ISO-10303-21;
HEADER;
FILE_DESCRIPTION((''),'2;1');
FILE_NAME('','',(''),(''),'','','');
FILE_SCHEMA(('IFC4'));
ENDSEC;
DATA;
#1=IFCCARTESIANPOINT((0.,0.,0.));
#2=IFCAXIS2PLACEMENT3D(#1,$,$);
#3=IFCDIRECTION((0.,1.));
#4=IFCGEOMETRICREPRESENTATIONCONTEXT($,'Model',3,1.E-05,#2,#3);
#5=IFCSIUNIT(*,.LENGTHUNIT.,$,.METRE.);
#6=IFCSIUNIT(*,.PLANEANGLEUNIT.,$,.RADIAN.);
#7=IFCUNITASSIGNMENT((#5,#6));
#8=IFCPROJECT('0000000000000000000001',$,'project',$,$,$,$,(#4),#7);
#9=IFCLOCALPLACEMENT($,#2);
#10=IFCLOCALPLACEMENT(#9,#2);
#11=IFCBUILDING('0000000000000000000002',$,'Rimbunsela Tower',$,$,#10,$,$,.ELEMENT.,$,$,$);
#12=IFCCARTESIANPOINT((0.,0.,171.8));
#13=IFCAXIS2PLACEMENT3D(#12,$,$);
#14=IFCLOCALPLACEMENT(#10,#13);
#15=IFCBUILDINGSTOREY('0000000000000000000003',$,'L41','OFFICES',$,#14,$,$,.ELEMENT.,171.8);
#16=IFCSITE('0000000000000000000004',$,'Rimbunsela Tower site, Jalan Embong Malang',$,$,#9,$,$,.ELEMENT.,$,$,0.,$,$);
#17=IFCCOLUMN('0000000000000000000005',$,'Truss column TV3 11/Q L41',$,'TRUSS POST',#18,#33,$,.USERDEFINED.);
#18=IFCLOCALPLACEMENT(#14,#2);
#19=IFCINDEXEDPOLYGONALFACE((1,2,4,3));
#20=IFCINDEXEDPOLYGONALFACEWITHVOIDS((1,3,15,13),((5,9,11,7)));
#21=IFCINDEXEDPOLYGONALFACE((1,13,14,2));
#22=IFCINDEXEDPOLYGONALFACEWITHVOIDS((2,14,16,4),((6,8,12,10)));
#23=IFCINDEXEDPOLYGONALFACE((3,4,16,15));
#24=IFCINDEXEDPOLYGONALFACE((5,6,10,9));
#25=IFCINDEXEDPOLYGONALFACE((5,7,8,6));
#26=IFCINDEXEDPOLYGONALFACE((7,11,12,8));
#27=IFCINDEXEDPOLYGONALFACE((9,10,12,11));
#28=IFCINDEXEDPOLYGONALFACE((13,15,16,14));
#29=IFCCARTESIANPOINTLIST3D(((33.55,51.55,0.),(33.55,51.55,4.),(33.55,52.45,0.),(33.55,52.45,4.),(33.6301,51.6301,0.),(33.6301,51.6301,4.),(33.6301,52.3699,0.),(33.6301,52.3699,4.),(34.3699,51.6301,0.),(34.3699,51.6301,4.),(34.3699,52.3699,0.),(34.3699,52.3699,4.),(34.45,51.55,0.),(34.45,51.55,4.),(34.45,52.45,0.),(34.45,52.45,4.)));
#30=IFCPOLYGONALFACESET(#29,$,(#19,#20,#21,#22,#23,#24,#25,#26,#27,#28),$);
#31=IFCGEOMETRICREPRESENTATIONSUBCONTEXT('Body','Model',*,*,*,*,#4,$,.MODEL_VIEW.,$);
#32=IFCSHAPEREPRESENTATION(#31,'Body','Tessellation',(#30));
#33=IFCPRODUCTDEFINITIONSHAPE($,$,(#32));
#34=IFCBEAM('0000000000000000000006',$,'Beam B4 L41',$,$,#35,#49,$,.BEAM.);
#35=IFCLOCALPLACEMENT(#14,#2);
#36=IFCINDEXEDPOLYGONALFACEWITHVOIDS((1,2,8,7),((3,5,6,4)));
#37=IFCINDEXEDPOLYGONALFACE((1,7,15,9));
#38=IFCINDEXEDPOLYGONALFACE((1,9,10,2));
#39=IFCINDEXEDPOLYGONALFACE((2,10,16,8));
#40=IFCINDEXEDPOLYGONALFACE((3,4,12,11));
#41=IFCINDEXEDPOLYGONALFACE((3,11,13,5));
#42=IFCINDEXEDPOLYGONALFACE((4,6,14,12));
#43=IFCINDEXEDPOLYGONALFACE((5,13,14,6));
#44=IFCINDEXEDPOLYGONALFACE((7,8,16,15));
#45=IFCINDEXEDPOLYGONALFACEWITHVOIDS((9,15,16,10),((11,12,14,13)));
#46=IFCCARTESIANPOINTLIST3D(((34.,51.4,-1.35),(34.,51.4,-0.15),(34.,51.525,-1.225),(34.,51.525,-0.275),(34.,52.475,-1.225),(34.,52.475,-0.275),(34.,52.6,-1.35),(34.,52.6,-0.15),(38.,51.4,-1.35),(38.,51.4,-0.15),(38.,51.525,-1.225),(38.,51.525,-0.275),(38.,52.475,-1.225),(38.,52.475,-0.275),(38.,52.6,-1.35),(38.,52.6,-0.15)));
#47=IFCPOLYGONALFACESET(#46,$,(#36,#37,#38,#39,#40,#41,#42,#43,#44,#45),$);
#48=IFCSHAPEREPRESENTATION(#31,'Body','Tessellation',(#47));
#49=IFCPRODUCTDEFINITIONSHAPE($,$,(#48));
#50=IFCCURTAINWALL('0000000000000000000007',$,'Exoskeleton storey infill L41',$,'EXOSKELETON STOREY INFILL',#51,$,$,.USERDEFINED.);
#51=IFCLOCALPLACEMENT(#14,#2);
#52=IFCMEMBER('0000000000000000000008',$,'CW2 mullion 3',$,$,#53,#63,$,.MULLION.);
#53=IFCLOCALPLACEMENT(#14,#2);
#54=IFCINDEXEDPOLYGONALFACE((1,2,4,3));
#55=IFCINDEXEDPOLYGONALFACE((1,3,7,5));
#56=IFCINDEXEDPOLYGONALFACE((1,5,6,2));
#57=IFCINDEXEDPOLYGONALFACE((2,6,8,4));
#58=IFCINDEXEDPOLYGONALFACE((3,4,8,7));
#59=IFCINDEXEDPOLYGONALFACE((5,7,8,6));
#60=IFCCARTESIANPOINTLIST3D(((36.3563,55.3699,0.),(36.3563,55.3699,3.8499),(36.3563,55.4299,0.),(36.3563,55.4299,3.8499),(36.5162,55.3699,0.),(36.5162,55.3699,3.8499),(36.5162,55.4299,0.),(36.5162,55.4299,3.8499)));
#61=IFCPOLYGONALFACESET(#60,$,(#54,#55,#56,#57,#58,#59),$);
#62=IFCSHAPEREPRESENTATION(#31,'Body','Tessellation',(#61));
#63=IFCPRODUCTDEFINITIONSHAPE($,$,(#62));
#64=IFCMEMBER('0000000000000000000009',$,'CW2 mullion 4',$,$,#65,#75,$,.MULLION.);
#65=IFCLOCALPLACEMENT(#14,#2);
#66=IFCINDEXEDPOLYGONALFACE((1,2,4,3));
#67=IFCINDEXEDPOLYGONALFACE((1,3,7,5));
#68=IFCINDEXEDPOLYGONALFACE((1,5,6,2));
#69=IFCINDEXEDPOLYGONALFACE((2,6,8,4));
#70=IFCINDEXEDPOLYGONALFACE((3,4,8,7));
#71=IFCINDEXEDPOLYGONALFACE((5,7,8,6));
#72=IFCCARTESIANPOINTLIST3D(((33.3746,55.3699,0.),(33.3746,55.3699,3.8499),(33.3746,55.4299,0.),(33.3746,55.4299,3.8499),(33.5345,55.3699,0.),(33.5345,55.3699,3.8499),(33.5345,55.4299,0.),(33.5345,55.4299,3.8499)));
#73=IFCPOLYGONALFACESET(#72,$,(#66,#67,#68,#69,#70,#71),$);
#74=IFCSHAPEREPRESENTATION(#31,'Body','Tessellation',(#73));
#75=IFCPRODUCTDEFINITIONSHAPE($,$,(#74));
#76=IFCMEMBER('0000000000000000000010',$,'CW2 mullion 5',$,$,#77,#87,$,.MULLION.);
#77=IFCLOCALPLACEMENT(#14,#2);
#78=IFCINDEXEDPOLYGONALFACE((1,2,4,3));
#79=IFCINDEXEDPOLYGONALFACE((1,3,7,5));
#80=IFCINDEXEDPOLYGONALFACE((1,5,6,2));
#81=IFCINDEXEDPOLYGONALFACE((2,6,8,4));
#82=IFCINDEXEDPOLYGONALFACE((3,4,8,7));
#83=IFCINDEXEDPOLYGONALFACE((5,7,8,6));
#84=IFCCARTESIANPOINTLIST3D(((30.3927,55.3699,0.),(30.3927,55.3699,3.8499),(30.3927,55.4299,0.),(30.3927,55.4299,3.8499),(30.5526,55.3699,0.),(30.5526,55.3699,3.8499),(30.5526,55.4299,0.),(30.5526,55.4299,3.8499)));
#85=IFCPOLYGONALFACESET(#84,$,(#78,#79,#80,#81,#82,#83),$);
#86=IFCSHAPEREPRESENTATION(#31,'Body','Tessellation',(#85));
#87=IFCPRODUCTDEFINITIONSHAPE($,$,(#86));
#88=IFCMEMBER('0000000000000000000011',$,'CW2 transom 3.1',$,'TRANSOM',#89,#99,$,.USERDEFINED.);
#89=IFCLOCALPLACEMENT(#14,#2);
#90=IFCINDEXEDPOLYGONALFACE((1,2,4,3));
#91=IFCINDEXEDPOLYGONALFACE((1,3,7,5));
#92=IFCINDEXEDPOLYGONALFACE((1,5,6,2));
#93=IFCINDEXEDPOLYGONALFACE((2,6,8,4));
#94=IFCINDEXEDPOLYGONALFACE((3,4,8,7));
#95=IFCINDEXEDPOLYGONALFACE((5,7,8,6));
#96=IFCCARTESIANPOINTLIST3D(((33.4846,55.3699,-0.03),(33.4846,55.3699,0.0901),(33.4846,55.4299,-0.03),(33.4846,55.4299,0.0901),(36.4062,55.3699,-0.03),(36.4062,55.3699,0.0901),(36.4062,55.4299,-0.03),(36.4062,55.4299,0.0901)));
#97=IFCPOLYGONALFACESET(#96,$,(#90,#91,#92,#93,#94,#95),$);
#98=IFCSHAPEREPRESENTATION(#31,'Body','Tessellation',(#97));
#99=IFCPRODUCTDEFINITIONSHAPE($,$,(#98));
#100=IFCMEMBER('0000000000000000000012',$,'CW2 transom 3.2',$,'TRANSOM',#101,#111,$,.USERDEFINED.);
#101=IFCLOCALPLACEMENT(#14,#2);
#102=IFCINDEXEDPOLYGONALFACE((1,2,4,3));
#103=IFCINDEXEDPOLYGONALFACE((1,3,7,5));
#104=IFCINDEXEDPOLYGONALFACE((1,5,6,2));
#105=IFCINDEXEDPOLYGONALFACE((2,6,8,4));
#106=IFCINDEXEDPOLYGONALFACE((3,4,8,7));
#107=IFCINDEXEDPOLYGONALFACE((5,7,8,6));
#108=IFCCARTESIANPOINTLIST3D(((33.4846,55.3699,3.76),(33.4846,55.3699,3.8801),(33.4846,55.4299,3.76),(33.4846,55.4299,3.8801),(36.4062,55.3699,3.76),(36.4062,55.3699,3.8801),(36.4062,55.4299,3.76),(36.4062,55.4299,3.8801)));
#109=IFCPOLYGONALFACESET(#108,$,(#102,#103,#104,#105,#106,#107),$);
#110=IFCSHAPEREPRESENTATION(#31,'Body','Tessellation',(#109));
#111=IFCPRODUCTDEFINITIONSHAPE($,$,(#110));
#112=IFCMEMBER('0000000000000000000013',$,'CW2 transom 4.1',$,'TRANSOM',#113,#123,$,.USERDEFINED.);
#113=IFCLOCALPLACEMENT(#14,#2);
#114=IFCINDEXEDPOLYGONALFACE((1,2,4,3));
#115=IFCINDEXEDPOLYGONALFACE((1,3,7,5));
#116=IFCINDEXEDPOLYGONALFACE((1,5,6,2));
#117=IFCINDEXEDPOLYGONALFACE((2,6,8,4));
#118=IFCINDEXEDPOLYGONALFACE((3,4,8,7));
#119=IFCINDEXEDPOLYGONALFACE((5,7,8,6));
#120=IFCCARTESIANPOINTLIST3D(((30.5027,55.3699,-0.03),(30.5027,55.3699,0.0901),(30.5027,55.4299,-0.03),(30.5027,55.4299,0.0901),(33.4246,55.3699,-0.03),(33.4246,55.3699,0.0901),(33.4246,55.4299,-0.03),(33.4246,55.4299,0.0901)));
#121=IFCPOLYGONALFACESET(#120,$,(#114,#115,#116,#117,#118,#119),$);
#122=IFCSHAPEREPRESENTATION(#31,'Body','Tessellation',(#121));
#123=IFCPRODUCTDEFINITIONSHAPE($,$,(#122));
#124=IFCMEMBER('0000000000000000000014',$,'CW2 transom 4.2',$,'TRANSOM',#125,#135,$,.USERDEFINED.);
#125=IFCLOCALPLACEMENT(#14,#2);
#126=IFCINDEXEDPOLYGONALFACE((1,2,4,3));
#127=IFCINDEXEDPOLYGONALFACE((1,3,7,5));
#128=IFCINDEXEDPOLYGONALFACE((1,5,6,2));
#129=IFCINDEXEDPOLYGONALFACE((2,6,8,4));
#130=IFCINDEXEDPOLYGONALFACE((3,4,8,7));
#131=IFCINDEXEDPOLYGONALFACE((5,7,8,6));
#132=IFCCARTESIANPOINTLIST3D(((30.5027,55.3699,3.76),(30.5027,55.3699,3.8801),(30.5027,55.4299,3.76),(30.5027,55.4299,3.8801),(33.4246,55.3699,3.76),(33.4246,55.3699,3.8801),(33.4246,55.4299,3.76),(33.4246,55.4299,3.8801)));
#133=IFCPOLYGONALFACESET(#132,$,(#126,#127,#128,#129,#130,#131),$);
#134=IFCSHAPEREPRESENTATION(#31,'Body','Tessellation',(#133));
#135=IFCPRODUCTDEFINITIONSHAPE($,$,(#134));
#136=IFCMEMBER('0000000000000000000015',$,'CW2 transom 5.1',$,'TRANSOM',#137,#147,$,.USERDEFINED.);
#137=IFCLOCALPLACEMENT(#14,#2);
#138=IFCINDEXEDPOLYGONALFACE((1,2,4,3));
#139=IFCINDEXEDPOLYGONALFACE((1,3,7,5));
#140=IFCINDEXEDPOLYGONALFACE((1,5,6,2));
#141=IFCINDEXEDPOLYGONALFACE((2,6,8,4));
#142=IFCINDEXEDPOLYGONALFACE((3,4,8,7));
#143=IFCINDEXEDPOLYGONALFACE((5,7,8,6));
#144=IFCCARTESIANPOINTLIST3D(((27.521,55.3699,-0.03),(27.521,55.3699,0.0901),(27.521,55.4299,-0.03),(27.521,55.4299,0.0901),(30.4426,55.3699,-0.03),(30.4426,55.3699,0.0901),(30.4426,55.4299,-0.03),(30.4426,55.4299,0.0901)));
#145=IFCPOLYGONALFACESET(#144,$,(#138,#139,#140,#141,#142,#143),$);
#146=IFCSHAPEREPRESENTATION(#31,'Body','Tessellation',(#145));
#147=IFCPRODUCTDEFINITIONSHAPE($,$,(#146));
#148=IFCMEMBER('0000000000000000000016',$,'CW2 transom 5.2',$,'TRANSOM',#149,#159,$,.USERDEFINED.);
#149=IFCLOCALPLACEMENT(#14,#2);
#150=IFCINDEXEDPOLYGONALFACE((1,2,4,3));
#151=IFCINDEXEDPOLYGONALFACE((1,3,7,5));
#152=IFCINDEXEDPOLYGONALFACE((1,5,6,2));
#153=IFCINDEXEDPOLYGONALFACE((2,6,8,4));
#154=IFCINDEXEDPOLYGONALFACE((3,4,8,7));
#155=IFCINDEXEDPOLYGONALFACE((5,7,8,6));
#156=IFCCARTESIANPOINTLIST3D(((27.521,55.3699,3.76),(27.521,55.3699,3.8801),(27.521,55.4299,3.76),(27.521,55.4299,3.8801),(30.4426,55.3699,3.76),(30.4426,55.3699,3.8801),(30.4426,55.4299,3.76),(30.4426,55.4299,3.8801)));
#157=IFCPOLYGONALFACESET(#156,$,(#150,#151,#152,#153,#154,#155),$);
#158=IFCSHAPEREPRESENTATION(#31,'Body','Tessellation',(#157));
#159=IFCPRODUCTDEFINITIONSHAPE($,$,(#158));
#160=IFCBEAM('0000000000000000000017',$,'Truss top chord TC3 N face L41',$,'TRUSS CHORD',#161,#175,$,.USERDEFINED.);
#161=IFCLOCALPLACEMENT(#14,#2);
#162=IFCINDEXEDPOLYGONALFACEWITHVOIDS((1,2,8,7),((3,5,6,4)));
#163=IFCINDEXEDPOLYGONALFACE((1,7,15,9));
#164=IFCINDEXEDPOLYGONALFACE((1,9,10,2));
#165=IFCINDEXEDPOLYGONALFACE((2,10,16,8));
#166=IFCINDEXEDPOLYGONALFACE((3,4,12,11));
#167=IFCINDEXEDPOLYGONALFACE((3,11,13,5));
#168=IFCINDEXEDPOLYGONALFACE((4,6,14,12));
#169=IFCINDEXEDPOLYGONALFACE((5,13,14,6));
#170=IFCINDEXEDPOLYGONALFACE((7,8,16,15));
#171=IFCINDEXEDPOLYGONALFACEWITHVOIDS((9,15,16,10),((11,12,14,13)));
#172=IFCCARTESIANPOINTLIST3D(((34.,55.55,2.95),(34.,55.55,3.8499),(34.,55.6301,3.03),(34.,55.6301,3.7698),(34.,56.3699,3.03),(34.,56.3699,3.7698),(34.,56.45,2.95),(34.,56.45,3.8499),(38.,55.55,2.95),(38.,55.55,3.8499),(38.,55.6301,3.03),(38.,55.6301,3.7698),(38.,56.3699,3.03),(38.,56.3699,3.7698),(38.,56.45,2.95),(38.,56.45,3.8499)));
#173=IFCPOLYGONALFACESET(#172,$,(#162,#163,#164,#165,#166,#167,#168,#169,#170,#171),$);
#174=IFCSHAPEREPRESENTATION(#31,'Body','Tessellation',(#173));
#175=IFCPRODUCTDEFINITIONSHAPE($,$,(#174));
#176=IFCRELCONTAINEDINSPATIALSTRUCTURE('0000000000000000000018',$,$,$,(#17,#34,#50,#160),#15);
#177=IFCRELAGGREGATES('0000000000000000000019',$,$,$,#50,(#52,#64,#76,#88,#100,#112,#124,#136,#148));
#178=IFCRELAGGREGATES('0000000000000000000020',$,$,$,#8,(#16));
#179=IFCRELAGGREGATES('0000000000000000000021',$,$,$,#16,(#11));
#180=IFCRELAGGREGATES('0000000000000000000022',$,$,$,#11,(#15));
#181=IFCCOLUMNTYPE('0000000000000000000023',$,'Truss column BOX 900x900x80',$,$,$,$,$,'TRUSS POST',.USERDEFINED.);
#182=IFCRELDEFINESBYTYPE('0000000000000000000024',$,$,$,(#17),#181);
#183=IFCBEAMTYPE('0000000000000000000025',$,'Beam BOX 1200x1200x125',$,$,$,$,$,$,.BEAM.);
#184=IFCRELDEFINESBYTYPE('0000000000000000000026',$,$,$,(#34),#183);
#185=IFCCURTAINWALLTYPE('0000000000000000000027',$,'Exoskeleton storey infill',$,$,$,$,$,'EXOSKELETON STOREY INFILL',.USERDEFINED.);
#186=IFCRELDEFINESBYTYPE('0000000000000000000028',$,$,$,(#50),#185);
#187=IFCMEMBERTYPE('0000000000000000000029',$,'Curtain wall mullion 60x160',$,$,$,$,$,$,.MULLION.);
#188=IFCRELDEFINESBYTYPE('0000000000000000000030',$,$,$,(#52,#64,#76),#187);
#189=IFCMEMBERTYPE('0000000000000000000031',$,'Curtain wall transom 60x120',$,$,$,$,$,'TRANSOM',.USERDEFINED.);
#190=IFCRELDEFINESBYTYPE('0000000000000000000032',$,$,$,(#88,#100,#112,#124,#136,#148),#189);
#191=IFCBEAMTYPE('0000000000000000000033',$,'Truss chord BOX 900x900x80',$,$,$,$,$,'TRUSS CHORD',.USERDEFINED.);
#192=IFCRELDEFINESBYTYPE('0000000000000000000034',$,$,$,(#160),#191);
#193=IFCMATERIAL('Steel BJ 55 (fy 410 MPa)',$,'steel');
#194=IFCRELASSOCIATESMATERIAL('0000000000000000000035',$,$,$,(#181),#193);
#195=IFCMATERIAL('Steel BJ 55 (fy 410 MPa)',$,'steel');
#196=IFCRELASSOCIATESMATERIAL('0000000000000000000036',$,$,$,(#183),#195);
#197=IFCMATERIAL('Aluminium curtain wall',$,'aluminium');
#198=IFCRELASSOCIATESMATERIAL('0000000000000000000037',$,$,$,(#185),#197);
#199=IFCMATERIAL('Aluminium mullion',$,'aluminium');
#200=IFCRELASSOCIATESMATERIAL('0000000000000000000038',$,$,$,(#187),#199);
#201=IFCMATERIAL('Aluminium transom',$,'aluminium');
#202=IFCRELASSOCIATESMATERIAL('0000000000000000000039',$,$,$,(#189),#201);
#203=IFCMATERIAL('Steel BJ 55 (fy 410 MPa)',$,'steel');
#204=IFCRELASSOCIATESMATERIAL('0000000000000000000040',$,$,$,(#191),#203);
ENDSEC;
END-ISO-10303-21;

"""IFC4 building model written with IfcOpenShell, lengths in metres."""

from ifc_helpers import new_model, si_unit, direction, frame, origin, origin_2d, place, context, subcontext, project, spatial, rectangle, hollow_rectangle, extrude, material, material_profile, profile_set, type_object, element, aggregate, save


model = new_model("IFC4")

# Units and contexts
model_context = context("Model", 3, precision=1e-05, world=origin(), true_north=direction((0.0, 1.0)))
body_context = subcontext(model_context, "Body", "Model", "MODEL_VIEW")
ifc_project = project(units=[si_unit("LENGTHUNIT", "METRE"), si_unit("PLANEANGLEUNIT", "RADIAN")], contexts=[model_context])

# Site, building, storey
site_placement = place(None, origin())
site = spatial("IfcSite", under=ifc_project, at=site_placement, Name="Rimbunsela Tower site, Jalan Embong Malang", CompositionType="ELEMENT", RefElevation=0.0)
building_placement = place(site_placement, origin())
building = spatial("IfcBuilding", under=site, at=building_placement, Name="Rimbunsela Tower", CompositionType="ELEMENT")
storey_placement = place(building_placement, frame((0.0, 0.0, 171.8)))
storey = spatial("IfcBuildingStorey", under=building, at=storey_placement, Name="L41", Description="OFFICES", CompositionType="ELEMENT", Elevation=171.8)

# Column
ifc_material_1 = material(Name="Steel BJ 55 (fy 410 MPa)", Category="steel")
ifc_material_profile_1 = material_profile(ifc_material_1, hollow_rectangle(XDim=0.8999, YDim=0.8999, WallThickness=0.0801, at=origin_2d()), Name="BOX 900x900x80")
ifc_profile_set_1 = profile_set([ifc_material_profile_1], Name="Steel BJ 55 (fy 410 MPa)")
column_type = type_object("IfcColumnType", Name="Truss column BOX 900x900x80", ElementType="TRUSS POST", PredefinedType="USERDEFINED", material=ifc_profile_set_1)
column_placement = place(storey_placement, frame((34.0, 52.0, 0.0), z_axis=(0.0, 0.0, 1.0), x_axis=(1.0, 0.0, 0.0)))
element("IfcColumn", 1, at=column_placement, inside=storey, type_object=column_type, Name="Truss column TV3 11/Q L41", ObjectType="TRUSS POST", PredefinedType="USERDEFINED", context=body_context, shape_type="SweptSolid", body=[
    extrude(hollow_rectangle(XDim=0.8999, YDim=0.8999, WallThickness=0.0801, at=origin_2d()), origin(), (0.0, 0.0, 1.0), 4.0),
])

# Beam
ifc_material_2 = material(Name="Steel BJ 55 (fy 410 MPa)", Category="steel")
ifc_material_profile_2 = material_profile(ifc_material_2, hollow_rectangle(XDim=1.2, YDim=1.2, WallThickness=0.125, at=origin_2d()), Name="BOX 1200x1200x125")
ifc_profile_set_2 = profile_set([ifc_material_profile_2], Name="Steel BJ 55 (fy 410 MPa)")
beam_type_1 = type_object("IfcBeamType", Name="Beam BOX 1200x1200x125", PredefinedType="BEAM", material=ifc_profile_set_2)
beam_placement = place(storey_placement, frame((34.0, 52.0, -0.75), z_axis=(1.0, 0.0, 0.0), x_axis=(0.0, 1.0, 0.0)))
element("IfcBeam", 2, at=beam_placement, inside=storey, type_object=beam_type_1, Name="Beam B4 L41", PredefinedType="BEAM", context=body_context, shape_type="SweptSolid", body=[
    extrude(hollow_rectangle(XDim=1.2, YDim=1.2, WallThickness=0.125, at=origin_2d()), origin(), (0.0, 0.0, 1.0), 4.0),
])

# Curtain wall, members
ifc_material_3 = material(Name="Aluminium curtain wall", Category="aluminium")
curtain_wall_type = type_object("IfcCurtainWallType", Name="Exoskeleton storey infill", ElementType="EXOSKELETON STOREY INFILL", PredefinedType="USERDEFINED", material=ifc_material_3)
curtain_wall_placement = place(storey_placement, origin())
curtain_wall = element("IfcCurtainWall", 3, at=curtain_wall_placement, inside=storey, type_object=curtain_wall_type, Name="Exoskeleton storey infill L41", ObjectType="EXOSKELETON STOREY INFILL", PredefinedType="USERDEFINED")
ifc_material_4 = material(Name="Aluminium mullion", Category="aluminium")
ifc_material_profile_3 = material_profile(ifc_material_4, rectangle(XDim=0.0601, YDim=0.1599, at=origin_2d()), Name="Mullion 60x160")
ifc_profile_set_3 = profile_set([ifc_material_profile_3], Name="Aluminium mullion")
member_type_1 = type_object("IfcMemberType", Name="Curtain wall mullion 60x160", PredefinedType="MULLION", material=ifc_profile_set_3)
member_1_placement = place(storey_placement, frame((36.4363, 55.3999, 0.0), z_axis=(0.0, 0.0, 1.0), x_axis=(0.0, -1.0, 0.0)))
member_1 = element("IfcMember", 4, at=member_1_placement, type_object=member_type_1, Name="CW2 mullion 3", PredefinedType="MULLION", context=body_context, shape_type="SweptSolid", body=[
    extrude(rectangle(XDim=0.0601, YDim=0.1599, at=origin_2d()), origin(), (0.0, 0.0, 1.0), 3.8499),
])
member_2_placement = place(storey_placement, frame((33.4546, 55.3999, 0.0), z_axis=(0.0, 0.0, 1.0), x_axis=(0.0, -1.0, 0.0)))
member_2 = element("IfcMember", 5, at=member_2_placement, type_object=member_type_1, Name="CW2 mullion 4", PredefinedType="MULLION", context=body_context, shape_type="SweptSolid", body=[
    extrude(rectangle(XDim=0.0601, YDim=0.1599, at=origin_2d()), origin(), (0.0, 0.0, 1.0), 3.8499),
])
member_3_placement = place(storey_placement, frame((30.4727, 55.3999, 0.0), z_axis=(0.0, 0.0, 1.0), x_axis=(0.0, -1.0, 0.0)))
member_3 = element("IfcMember", 6, at=member_3_placement, type_object=member_type_1, Name="CW2 mullion 5", PredefinedType="MULLION", context=body_context, shape_type="SweptSolid", body=[
    extrude(rectangle(XDim=0.0601, YDim=0.1599, at=origin_2d()), origin(), (0.0, 0.0, 1.0), 3.8499),
])
ifc_material_5 = material(Name="Aluminium transom", Category="aluminium")
ifc_material_profile_4 = material_profile(ifc_material_5, rectangle(XDim=0.0601, YDim=0.1201, at=origin_2d()), Name="Transom 60x120")
ifc_profile_set_4 = profile_set([ifc_material_profile_4], Name="Aluminium transom")
member_type_2 = type_object("IfcMemberType", Name="Curtain wall transom 60x120", ElementType="TRANSOM", PredefinedType="USERDEFINED", material=ifc_profile_set_4)
member_4_placement = place(storey_placement, frame((36.4062, 55.3999, 0.03), z_axis=(-1.0, 0.0, 0.0), x_axis=(0.0, -1.0, 0.0)))
member_4 = element("IfcMember", 7, at=member_4_placement, type_object=member_type_2, Name="CW2 transom 3.1", ObjectType="TRANSOM", PredefinedType="USERDEFINED", context=body_context, shape_type="SweptSolid", body=[
    extrude(rectangle(XDim=0.0601, YDim=0.1201, at=origin_2d()), origin(), (0.0, 0.0, 1.0), 2.9216),
])
member_5_placement = place(storey_placement, frame((36.4062, 55.3999, 3.8201), z_axis=(-1.0, 0.0, 0.0), x_axis=(0.0, -1.0, 0.0)))
member_5 = element("IfcMember", 8, at=member_5_placement, type_object=member_type_2, Name="CW2 transom 3.2", ObjectType="TRANSOM", PredefinedType="USERDEFINED", context=body_context, shape_type="SweptSolid", body=[
    extrude(rectangle(XDim=0.0601, YDim=0.1201, at=origin_2d()), origin(), (0.0, 0.0, 1.0), 2.9216),
])
member_6_placement = place(storey_placement, frame((33.4246, 55.3999, 0.03), z_axis=(-1.0, 0.0, 0.0), x_axis=(0.0, -1.0, 0.0)))
member_6 = element("IfcMember", 9, at=member_6_placement, type_object=member_type_2, Name="CW2 transom 4.1", ObjectType="TRANSOM", PredefinedType="USERDEFINED", context=body_context, shape_type="SweptSolid", body=[
    extrude(rectangle(XDim=0.0601, YDim=0.1201, at=origin_2d()), origin(), (0.0, 0.0, 1.0), 2.9219),
])
member_7_placement = place(storey_placement, frame((33.4246, 55.3999, 3.8201), z_axis=(-1.0, 0.0, 0.0), x_axis=(0.0, -1.0, 0.0)))
member_7 = element("IfcMember", 10, at=member_7_placement, type_object=member_type_2, Name="CW2 transom 4.2", ObjectType="TRANSOM", PredefinedType="USERDEFINED", context=body_context, shape_type="SweptSolid", body=[
    extrude(rectangle(XDim=0.0601, YDim=0.1201, at=origin_2d()), origin(), (0.0, 0.0, 1.0), 2.9219),
])
member_8_placement = place(storey_placement, frame((30.4426, 55.3999, 0.03), z_axis=(-1.0, 0.0, 0.0), x_axis=(0.0, -1.0, 0.0)))
member_8 = element("IfcMember", 11, at=member_8_placement, type_object=member_type_2, Name="CW2 transom 5.1", ObjectType="TRANSOM", PredefinedType="USERDEFINED", context=body_context, shape_type="SweptSolid", body=[
    extrude(rectangle(XDim=0.0601, YDim=0.1201, at=origin_2d()), origin(), (0.0, 0.0, 1.0), 2.9216),
])
member_9_placement = place(storey_placement, frame((30.4426, 55.3999, 3.8201), z_axis=(-1.0, 0.0, 0.0), x_axis=(0.0, -1.0, 0.0)))
member_9 = element("IfcMember", 12, at=member_9_placement, type_object=member_type_2, Name="CW2 transom 5.2", ObjectType="TRANSOM", PredefinedType="USERDEFINED", context=body_context, shape_type="SweptSolid", body=[
    extrude(rectangle(XDim=0.0601, YDim=0.1201, at=origin_2d()), origin(), (0.0, 0.0, 1.0), 2.9216),
])

# Beam
ifc_material_6 = material(Name="Steel BJ 55 (fy 410 MPa)", Category="steel")
ifc_material_profile_5 = material_profile(ifc_material_6, hollow_rectangle(XDim=0.8999, YDim=0.8999, WallThickness=0.0801, at=origin_2d()), Name="BOX 900x900x80")
ifc_profile_set_5 = profile_set([ifc_material_profile_5], Name="Steel BJ 55 (fy 410 MPa)")
beam_type_2 = type_object("IfcBeamType", Name="Truss chord BOX 900x900x80", ElementType="TRUSS CHORD", PredefinedType="USERDEFINED", material=ifc_profile_set_5)
for number, where, z_axis, x_axis, name in (
    (13, (34.0, 56.0, 3.3999), (1.0, 0.0, 0.0), (0.0, 1.0, 0.0), "Truss top chord TC3 N face L41"),
):
    element("IfcBeam", number, at=place(storey_placement, frame(where, z_axis=z_axis, x_axis=x_axis)), inside=storey, type_object=beam_type_2, Name=name, ObjectType="TRUSS CHORD", PredefinedType="USERDEFINED", context=body_context, shape_type="SweptSolid", body=[
        extrude(hollow_rectangle(XDim=0.8999, YDim=0.8999, WallThickness=0.0801, at=origin_2d()), origin(), (0.0, 0.0, 1.0), 4.0),
    ])

aggregate(curtain_wall, [member_1, member_2, member_3, member_4, member_5, member_6, member_7, member_8, member_9])

save(model, "model.ifc")
